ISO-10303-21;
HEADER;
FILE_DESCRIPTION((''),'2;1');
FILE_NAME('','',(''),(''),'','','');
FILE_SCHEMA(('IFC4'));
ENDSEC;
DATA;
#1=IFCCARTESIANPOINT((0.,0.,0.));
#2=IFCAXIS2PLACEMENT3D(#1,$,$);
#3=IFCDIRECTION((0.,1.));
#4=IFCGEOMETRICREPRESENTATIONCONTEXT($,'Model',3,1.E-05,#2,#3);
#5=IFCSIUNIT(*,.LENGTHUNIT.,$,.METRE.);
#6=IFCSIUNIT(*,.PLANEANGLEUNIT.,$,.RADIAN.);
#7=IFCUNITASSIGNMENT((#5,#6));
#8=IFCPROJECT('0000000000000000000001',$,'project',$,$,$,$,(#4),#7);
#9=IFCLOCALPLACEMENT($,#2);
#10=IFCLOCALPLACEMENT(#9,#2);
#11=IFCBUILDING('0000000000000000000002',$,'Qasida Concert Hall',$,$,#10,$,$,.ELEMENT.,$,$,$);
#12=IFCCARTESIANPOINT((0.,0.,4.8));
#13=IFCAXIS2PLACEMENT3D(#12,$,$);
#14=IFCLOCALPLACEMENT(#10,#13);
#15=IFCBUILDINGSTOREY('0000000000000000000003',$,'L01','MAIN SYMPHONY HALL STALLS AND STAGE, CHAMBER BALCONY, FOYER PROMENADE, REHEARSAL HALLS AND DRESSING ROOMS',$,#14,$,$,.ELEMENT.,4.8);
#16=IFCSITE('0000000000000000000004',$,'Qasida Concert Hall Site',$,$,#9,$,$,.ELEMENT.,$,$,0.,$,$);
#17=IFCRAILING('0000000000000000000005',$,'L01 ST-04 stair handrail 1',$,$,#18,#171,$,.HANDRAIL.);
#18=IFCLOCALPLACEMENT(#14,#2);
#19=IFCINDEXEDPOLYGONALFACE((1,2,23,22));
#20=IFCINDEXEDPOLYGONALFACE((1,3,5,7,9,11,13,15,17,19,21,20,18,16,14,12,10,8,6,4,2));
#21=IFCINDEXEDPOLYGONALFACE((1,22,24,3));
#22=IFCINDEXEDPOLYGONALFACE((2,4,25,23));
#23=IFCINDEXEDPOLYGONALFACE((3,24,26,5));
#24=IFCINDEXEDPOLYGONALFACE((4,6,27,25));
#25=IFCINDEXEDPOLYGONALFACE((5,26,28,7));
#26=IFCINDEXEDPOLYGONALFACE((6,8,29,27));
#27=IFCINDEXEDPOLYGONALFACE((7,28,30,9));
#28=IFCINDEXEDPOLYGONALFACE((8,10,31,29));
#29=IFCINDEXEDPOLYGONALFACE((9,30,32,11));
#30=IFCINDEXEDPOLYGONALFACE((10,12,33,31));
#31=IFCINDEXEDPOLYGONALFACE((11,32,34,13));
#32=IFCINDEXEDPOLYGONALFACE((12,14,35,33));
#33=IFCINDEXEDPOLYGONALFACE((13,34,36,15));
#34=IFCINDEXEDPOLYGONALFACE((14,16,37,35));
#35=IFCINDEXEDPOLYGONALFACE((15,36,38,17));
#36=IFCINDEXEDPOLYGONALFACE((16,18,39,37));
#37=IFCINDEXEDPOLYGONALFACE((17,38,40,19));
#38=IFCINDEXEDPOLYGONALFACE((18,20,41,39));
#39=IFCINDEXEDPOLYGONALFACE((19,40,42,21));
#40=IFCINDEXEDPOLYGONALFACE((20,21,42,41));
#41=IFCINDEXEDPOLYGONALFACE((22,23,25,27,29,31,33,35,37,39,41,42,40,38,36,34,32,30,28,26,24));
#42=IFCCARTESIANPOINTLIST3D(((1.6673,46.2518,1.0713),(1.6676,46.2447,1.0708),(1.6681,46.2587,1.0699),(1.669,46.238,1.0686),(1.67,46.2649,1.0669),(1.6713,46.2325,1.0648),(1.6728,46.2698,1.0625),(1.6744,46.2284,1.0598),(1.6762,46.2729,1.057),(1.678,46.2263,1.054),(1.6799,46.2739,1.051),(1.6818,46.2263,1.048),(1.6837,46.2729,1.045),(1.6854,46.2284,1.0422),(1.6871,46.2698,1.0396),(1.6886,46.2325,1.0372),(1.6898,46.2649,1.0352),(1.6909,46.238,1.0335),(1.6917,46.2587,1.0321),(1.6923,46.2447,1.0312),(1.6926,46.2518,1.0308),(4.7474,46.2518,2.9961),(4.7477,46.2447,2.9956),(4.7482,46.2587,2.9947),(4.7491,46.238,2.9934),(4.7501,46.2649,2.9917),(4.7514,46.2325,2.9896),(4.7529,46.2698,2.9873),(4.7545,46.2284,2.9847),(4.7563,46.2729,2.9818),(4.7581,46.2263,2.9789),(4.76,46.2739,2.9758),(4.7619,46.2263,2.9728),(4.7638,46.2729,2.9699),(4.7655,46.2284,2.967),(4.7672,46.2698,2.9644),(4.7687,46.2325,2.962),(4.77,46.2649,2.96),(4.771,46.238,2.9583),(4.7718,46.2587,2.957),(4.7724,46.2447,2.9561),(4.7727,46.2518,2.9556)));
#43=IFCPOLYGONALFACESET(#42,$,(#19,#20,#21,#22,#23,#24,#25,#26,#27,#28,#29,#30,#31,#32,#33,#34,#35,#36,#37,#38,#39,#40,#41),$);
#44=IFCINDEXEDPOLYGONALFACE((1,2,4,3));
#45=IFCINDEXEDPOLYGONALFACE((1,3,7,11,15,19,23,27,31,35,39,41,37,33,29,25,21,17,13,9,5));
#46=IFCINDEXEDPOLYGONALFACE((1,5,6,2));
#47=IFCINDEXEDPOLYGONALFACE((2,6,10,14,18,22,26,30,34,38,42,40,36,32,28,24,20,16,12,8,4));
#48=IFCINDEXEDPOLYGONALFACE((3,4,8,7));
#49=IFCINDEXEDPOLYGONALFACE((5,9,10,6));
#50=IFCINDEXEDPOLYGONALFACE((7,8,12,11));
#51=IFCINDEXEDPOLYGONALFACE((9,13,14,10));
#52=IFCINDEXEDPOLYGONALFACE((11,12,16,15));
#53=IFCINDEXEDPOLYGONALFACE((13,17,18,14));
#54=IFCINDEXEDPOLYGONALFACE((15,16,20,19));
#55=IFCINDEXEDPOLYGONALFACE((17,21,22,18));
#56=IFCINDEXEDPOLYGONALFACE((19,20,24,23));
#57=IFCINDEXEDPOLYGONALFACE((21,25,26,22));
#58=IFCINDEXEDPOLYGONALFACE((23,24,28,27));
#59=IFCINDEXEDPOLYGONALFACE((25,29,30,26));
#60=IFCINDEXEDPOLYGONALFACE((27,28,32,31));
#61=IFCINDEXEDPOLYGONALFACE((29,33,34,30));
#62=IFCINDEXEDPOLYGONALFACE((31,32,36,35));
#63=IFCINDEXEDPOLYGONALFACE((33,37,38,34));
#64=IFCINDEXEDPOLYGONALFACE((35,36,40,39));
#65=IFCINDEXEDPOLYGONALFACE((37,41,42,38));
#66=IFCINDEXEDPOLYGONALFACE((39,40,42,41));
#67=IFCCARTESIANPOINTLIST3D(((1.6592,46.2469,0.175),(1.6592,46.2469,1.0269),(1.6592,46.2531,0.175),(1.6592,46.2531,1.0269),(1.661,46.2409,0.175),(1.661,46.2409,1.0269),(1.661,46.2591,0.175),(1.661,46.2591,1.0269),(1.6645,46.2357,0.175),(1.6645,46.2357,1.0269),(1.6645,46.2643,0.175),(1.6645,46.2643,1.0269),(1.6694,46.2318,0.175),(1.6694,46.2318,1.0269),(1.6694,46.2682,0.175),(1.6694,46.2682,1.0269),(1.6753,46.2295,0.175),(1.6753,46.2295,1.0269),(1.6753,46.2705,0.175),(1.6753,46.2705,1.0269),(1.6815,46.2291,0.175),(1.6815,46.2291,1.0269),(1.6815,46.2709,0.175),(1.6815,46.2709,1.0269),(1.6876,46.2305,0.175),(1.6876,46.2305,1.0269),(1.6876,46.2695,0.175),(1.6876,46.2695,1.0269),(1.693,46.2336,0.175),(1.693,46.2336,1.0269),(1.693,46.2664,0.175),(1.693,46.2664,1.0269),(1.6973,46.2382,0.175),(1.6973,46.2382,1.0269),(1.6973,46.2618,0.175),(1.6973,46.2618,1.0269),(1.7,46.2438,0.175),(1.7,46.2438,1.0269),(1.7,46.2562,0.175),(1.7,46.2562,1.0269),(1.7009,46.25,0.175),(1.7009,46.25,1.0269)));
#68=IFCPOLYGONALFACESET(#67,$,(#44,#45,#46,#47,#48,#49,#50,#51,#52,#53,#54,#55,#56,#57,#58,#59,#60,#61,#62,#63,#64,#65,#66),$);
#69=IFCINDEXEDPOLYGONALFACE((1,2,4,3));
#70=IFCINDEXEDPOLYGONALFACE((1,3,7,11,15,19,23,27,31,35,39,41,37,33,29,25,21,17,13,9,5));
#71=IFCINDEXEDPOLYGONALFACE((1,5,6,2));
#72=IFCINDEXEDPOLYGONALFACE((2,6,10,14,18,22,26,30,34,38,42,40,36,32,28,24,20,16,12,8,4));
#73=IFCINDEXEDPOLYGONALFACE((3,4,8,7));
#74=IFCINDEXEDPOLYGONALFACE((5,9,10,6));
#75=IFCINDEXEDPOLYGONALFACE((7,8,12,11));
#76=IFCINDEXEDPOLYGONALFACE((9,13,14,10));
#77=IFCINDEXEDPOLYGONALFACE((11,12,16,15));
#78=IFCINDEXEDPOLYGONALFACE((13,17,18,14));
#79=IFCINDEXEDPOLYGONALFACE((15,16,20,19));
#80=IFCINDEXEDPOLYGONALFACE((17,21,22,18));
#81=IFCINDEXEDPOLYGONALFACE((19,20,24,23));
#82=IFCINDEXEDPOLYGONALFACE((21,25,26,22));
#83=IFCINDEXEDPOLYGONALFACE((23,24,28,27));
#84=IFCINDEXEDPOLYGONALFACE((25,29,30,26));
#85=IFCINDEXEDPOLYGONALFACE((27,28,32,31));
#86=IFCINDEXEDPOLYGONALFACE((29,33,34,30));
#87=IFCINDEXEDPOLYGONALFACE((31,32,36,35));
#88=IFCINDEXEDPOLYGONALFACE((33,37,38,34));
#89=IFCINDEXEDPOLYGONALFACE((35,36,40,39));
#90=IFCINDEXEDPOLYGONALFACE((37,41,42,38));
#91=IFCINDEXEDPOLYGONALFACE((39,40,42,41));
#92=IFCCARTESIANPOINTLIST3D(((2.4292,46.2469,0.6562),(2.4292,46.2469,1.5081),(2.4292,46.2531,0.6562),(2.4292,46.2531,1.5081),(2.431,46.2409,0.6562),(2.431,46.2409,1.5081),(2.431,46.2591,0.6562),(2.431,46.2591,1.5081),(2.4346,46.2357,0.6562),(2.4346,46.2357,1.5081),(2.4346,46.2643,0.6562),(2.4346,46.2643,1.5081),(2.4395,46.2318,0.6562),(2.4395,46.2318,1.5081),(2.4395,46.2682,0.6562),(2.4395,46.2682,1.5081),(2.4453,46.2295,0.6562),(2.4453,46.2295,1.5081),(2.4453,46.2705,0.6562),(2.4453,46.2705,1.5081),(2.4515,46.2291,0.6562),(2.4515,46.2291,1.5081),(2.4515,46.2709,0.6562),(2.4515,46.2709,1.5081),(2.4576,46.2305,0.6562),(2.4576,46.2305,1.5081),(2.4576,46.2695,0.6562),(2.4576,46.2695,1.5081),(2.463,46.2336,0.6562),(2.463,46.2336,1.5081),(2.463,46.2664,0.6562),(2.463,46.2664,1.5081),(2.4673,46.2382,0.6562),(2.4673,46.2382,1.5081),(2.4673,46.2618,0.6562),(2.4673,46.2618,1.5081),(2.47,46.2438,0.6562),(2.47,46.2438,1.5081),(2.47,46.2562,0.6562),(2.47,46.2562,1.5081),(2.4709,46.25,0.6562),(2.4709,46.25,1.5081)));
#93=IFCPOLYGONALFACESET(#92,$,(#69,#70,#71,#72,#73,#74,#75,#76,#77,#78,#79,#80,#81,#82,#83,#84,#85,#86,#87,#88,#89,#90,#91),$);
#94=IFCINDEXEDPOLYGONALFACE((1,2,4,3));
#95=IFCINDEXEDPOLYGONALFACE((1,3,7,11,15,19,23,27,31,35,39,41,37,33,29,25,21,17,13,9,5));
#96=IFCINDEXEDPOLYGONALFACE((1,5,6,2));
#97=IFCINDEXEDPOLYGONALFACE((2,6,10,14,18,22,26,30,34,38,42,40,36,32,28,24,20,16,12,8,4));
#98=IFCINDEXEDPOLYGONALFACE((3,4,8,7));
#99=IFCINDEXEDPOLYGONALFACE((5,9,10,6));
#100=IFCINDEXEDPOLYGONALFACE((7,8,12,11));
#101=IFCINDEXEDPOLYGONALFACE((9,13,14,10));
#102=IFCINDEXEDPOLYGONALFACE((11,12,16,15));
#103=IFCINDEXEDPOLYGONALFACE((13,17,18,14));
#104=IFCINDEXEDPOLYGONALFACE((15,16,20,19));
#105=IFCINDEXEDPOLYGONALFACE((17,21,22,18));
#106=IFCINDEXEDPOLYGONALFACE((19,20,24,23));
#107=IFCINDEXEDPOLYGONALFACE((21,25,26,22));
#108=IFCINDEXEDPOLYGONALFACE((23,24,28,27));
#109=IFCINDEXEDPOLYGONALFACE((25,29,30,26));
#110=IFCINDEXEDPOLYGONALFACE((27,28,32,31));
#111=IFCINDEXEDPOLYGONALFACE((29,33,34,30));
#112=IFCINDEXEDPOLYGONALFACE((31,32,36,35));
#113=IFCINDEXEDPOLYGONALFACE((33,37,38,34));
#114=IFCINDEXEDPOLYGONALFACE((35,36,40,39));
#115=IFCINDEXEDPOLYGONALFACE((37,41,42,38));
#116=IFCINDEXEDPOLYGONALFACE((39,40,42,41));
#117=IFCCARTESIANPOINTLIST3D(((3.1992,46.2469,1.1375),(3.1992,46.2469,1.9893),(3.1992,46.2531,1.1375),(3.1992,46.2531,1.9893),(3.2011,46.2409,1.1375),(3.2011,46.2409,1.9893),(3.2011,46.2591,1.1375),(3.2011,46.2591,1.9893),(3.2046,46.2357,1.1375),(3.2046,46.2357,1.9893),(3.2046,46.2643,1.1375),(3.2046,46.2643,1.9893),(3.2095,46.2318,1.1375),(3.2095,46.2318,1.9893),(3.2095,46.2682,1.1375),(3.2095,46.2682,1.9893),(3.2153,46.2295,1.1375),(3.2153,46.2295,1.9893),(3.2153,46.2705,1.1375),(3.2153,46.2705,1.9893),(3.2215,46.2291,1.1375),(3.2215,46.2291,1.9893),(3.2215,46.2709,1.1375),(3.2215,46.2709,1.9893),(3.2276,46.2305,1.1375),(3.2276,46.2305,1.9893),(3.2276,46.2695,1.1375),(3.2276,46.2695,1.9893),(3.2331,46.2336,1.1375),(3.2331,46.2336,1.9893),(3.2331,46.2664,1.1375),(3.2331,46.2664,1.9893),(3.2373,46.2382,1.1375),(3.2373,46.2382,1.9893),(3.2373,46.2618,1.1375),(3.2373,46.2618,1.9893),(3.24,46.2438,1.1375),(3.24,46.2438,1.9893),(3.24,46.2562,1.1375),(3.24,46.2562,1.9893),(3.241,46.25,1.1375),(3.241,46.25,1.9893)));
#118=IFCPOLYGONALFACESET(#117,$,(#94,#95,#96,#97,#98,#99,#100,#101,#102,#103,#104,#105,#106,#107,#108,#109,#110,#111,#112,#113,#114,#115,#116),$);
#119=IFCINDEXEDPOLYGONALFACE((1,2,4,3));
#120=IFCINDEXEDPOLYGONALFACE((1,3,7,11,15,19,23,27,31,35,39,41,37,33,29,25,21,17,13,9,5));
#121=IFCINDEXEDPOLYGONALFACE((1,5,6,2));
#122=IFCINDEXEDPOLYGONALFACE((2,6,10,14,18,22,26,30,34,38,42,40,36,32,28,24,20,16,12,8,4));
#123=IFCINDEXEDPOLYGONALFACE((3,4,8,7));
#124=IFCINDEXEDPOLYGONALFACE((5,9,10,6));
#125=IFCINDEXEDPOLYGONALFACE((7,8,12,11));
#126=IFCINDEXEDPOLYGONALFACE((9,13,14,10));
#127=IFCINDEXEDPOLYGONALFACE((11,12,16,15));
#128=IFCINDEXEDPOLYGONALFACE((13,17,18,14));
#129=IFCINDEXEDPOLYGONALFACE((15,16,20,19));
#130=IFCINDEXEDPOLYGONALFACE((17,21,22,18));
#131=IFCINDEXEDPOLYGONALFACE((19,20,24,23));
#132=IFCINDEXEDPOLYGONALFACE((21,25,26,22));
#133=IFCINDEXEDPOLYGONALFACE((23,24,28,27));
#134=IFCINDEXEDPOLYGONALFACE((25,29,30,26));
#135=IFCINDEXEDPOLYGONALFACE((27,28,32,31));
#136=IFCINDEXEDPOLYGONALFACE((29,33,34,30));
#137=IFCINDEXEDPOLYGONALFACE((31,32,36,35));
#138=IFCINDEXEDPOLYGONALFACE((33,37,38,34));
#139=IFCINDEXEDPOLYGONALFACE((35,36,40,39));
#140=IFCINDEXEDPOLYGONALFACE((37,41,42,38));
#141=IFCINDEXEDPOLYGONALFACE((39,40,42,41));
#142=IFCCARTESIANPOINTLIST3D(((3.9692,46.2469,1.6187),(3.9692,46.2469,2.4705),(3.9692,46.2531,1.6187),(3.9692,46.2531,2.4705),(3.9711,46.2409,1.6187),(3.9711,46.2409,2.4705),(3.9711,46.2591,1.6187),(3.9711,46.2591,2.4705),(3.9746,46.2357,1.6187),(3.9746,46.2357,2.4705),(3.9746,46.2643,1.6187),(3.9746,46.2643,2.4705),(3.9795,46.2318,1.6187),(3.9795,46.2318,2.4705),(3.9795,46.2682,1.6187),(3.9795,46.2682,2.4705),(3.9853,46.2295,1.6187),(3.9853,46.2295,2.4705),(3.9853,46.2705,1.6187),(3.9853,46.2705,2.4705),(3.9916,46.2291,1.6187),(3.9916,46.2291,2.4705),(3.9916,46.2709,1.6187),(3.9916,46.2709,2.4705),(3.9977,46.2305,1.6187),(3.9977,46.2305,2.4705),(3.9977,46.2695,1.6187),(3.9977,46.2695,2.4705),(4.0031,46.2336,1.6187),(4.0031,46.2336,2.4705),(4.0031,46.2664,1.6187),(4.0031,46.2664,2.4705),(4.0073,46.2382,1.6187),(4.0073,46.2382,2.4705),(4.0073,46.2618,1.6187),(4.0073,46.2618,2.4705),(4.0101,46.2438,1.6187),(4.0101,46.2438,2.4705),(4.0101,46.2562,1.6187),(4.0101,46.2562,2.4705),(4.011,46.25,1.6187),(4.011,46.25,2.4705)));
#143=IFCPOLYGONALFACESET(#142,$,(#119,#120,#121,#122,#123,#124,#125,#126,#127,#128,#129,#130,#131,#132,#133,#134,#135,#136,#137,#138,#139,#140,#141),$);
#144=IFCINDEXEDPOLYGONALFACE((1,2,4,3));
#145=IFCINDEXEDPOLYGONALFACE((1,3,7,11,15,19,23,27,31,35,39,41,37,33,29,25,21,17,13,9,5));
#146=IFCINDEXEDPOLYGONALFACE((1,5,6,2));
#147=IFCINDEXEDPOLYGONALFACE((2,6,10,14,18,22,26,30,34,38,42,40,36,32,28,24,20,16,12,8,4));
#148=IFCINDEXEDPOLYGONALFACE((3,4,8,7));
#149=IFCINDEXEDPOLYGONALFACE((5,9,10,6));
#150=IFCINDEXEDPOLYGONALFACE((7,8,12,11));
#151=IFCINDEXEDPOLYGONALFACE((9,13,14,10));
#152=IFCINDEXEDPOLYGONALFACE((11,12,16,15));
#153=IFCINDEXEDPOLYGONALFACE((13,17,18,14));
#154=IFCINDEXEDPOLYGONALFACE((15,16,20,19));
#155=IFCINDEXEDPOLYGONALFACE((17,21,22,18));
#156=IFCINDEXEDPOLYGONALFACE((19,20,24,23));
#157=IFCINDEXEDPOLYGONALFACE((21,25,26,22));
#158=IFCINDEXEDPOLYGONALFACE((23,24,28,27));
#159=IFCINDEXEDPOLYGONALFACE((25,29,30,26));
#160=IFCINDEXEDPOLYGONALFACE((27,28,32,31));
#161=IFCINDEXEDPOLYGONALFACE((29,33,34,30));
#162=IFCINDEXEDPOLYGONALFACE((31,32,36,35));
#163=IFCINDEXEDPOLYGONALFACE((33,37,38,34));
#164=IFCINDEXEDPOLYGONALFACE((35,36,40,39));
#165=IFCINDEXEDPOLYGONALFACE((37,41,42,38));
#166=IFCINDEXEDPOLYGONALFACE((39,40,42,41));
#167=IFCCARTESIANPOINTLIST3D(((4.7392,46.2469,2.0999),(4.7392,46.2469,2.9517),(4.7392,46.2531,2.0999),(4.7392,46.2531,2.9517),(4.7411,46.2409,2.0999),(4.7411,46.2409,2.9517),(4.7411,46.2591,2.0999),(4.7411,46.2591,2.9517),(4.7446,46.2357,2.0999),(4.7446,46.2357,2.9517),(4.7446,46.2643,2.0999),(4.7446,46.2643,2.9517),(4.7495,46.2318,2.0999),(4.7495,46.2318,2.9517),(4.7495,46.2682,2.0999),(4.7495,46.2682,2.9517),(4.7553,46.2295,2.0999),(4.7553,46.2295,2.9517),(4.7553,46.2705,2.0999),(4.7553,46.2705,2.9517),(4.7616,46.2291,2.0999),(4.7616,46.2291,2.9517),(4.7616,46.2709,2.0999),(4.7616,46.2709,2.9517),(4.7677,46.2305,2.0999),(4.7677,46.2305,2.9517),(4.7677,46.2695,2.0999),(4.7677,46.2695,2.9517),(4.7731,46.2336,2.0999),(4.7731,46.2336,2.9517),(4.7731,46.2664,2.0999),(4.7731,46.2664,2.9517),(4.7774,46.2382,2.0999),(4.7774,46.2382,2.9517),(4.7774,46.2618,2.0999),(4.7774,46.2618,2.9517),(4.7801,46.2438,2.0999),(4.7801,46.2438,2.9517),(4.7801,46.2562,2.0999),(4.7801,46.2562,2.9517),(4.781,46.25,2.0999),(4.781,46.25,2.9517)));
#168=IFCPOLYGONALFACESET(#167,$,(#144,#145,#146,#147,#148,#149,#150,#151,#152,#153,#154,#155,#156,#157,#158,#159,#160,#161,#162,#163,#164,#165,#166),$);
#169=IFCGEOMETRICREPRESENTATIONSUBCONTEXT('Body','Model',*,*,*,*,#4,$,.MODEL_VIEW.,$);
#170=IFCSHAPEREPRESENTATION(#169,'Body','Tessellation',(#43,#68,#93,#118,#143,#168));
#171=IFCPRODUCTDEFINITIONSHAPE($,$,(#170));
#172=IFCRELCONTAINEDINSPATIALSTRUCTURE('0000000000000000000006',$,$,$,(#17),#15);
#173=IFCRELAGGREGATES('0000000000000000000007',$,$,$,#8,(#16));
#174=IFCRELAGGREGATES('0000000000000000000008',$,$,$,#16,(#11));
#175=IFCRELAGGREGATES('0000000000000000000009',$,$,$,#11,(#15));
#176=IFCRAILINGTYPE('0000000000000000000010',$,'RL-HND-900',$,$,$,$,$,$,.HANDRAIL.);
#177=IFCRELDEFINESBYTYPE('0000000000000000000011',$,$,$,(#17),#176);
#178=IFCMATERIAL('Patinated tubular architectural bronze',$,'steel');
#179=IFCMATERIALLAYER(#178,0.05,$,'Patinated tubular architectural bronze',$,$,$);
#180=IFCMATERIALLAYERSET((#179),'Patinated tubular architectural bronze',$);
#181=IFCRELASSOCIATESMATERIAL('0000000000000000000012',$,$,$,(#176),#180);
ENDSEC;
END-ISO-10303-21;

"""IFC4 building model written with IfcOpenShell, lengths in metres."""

from ifc_helpers import new_model, si_unit, direction, frame, origin, origin_2d, place, context, subcontext, project, spatial, circle, extrude, material, layer, layer_set, type_object, element, save


model = new_model("IFC4")

# Units and contexts
model_context = context("Model", 3, precision=1e-05, world=origin(), true_north=direction((0.0, 1.0)))
body_context = subcontext(model_context, "Body", "Model", "MODEL_VIEW")
ifc_project = project(units=[si_unit("LENGTHUNIT", "METRE"), si_unit("PLANEANGLEUNIT", "RADIAN")], contexts=[model_context])

# Site, building, storey
site_placement = place(None, origin())
site = spatial("IfcSite", under=ifc_project, at=site_placement, Name="Qasida Concert Hall Site", CompositionType="ELEMENT", RefElevation=0.0)
building_placement = place(site_placement, origin())
building = spatial("IfcBuilding", under=site, at=building_placement, Name="Qasida Concert Hall", CompositionType="ELEMENT")
storey_placement = place(building_placement, frame((0.0, 0.0, 4.8)))
storey = spatial("IfcBuildingStorey", under=building, at=storey_placement, Name="L01", Description="MAIN SYMPHONY HALL STALLS AND STAGE, CHAMBER BALCONY, FOYER PROMENADE, REHEARSAL HALLS AND DRESSING ROOMS", CompositionType="ELEMENT", Elevation=4.8)

# Railing
ifc_material_1 = material(Name="Patinated tubular architectural bronze", Category="steel")
ifc_layer_1 = layer(ifc_material_1, 0.05, Name="Patinated tubular architectural bronze")
ifc_layer_set_1 = layer_set([ifc_layer_1], Name="Patinated tubular architectural bronze")
railing_type_1 = type_object("IfcRailingType", Name="RL-HND-900", PredefinedType="HANDRAIL", material=ifc_layer_set_1)
railing_1_placement = place(storey_placement, frame((1.6799, 46.25, 0.175)))
element("IfcRailing", 1, at=railing_1_placement, inside=storey, type_object=railing_type_1, Name="L01 ST-04 stair handrail 1", PredefinedType="HANDRAIL", context=body_context, shape_type="SweptSolid", body=[
    extrude(circle(Radius=0.0239, at=origin_2d()), frame((0.0, 0.0, 0.876), z_axis=(0.848029, 0.0, 0.529951), x_axis=(0.0, 1.0, 0.0)), (0.0, 0.0, 1.0), 3.6321),
    extrude(circle(Radius=0.021, at=origin_2d()), origin(), (0.0, 0.0, 1.0), 0.8518),
    extrude(circle(Radius=0.021, at=origin_2d()), frame((0.77, 0.0, 0.4812)), (0.0, 0.0, 1.0), 0.8518),
    extrude(circle(Radius=0.021, at=origin_2d()), frame((1.54, 0.0, 0.9624)), (0.0, 0.0, 1.0), 0.8518),
    extrude(circle(Radius=0.021, at=origin_2d()), frame((2.3101, 0.0, 1.4436)), (0.0, 0.0, 1.0), 0.8518),
    extrude(circle(Radius=0.021, at=origin_2d()), frame((3.0801, 0.0, 1.9248)), (0.0, 0.0, 1.0), 0.8518),
])

save(model, "model.ifc")
